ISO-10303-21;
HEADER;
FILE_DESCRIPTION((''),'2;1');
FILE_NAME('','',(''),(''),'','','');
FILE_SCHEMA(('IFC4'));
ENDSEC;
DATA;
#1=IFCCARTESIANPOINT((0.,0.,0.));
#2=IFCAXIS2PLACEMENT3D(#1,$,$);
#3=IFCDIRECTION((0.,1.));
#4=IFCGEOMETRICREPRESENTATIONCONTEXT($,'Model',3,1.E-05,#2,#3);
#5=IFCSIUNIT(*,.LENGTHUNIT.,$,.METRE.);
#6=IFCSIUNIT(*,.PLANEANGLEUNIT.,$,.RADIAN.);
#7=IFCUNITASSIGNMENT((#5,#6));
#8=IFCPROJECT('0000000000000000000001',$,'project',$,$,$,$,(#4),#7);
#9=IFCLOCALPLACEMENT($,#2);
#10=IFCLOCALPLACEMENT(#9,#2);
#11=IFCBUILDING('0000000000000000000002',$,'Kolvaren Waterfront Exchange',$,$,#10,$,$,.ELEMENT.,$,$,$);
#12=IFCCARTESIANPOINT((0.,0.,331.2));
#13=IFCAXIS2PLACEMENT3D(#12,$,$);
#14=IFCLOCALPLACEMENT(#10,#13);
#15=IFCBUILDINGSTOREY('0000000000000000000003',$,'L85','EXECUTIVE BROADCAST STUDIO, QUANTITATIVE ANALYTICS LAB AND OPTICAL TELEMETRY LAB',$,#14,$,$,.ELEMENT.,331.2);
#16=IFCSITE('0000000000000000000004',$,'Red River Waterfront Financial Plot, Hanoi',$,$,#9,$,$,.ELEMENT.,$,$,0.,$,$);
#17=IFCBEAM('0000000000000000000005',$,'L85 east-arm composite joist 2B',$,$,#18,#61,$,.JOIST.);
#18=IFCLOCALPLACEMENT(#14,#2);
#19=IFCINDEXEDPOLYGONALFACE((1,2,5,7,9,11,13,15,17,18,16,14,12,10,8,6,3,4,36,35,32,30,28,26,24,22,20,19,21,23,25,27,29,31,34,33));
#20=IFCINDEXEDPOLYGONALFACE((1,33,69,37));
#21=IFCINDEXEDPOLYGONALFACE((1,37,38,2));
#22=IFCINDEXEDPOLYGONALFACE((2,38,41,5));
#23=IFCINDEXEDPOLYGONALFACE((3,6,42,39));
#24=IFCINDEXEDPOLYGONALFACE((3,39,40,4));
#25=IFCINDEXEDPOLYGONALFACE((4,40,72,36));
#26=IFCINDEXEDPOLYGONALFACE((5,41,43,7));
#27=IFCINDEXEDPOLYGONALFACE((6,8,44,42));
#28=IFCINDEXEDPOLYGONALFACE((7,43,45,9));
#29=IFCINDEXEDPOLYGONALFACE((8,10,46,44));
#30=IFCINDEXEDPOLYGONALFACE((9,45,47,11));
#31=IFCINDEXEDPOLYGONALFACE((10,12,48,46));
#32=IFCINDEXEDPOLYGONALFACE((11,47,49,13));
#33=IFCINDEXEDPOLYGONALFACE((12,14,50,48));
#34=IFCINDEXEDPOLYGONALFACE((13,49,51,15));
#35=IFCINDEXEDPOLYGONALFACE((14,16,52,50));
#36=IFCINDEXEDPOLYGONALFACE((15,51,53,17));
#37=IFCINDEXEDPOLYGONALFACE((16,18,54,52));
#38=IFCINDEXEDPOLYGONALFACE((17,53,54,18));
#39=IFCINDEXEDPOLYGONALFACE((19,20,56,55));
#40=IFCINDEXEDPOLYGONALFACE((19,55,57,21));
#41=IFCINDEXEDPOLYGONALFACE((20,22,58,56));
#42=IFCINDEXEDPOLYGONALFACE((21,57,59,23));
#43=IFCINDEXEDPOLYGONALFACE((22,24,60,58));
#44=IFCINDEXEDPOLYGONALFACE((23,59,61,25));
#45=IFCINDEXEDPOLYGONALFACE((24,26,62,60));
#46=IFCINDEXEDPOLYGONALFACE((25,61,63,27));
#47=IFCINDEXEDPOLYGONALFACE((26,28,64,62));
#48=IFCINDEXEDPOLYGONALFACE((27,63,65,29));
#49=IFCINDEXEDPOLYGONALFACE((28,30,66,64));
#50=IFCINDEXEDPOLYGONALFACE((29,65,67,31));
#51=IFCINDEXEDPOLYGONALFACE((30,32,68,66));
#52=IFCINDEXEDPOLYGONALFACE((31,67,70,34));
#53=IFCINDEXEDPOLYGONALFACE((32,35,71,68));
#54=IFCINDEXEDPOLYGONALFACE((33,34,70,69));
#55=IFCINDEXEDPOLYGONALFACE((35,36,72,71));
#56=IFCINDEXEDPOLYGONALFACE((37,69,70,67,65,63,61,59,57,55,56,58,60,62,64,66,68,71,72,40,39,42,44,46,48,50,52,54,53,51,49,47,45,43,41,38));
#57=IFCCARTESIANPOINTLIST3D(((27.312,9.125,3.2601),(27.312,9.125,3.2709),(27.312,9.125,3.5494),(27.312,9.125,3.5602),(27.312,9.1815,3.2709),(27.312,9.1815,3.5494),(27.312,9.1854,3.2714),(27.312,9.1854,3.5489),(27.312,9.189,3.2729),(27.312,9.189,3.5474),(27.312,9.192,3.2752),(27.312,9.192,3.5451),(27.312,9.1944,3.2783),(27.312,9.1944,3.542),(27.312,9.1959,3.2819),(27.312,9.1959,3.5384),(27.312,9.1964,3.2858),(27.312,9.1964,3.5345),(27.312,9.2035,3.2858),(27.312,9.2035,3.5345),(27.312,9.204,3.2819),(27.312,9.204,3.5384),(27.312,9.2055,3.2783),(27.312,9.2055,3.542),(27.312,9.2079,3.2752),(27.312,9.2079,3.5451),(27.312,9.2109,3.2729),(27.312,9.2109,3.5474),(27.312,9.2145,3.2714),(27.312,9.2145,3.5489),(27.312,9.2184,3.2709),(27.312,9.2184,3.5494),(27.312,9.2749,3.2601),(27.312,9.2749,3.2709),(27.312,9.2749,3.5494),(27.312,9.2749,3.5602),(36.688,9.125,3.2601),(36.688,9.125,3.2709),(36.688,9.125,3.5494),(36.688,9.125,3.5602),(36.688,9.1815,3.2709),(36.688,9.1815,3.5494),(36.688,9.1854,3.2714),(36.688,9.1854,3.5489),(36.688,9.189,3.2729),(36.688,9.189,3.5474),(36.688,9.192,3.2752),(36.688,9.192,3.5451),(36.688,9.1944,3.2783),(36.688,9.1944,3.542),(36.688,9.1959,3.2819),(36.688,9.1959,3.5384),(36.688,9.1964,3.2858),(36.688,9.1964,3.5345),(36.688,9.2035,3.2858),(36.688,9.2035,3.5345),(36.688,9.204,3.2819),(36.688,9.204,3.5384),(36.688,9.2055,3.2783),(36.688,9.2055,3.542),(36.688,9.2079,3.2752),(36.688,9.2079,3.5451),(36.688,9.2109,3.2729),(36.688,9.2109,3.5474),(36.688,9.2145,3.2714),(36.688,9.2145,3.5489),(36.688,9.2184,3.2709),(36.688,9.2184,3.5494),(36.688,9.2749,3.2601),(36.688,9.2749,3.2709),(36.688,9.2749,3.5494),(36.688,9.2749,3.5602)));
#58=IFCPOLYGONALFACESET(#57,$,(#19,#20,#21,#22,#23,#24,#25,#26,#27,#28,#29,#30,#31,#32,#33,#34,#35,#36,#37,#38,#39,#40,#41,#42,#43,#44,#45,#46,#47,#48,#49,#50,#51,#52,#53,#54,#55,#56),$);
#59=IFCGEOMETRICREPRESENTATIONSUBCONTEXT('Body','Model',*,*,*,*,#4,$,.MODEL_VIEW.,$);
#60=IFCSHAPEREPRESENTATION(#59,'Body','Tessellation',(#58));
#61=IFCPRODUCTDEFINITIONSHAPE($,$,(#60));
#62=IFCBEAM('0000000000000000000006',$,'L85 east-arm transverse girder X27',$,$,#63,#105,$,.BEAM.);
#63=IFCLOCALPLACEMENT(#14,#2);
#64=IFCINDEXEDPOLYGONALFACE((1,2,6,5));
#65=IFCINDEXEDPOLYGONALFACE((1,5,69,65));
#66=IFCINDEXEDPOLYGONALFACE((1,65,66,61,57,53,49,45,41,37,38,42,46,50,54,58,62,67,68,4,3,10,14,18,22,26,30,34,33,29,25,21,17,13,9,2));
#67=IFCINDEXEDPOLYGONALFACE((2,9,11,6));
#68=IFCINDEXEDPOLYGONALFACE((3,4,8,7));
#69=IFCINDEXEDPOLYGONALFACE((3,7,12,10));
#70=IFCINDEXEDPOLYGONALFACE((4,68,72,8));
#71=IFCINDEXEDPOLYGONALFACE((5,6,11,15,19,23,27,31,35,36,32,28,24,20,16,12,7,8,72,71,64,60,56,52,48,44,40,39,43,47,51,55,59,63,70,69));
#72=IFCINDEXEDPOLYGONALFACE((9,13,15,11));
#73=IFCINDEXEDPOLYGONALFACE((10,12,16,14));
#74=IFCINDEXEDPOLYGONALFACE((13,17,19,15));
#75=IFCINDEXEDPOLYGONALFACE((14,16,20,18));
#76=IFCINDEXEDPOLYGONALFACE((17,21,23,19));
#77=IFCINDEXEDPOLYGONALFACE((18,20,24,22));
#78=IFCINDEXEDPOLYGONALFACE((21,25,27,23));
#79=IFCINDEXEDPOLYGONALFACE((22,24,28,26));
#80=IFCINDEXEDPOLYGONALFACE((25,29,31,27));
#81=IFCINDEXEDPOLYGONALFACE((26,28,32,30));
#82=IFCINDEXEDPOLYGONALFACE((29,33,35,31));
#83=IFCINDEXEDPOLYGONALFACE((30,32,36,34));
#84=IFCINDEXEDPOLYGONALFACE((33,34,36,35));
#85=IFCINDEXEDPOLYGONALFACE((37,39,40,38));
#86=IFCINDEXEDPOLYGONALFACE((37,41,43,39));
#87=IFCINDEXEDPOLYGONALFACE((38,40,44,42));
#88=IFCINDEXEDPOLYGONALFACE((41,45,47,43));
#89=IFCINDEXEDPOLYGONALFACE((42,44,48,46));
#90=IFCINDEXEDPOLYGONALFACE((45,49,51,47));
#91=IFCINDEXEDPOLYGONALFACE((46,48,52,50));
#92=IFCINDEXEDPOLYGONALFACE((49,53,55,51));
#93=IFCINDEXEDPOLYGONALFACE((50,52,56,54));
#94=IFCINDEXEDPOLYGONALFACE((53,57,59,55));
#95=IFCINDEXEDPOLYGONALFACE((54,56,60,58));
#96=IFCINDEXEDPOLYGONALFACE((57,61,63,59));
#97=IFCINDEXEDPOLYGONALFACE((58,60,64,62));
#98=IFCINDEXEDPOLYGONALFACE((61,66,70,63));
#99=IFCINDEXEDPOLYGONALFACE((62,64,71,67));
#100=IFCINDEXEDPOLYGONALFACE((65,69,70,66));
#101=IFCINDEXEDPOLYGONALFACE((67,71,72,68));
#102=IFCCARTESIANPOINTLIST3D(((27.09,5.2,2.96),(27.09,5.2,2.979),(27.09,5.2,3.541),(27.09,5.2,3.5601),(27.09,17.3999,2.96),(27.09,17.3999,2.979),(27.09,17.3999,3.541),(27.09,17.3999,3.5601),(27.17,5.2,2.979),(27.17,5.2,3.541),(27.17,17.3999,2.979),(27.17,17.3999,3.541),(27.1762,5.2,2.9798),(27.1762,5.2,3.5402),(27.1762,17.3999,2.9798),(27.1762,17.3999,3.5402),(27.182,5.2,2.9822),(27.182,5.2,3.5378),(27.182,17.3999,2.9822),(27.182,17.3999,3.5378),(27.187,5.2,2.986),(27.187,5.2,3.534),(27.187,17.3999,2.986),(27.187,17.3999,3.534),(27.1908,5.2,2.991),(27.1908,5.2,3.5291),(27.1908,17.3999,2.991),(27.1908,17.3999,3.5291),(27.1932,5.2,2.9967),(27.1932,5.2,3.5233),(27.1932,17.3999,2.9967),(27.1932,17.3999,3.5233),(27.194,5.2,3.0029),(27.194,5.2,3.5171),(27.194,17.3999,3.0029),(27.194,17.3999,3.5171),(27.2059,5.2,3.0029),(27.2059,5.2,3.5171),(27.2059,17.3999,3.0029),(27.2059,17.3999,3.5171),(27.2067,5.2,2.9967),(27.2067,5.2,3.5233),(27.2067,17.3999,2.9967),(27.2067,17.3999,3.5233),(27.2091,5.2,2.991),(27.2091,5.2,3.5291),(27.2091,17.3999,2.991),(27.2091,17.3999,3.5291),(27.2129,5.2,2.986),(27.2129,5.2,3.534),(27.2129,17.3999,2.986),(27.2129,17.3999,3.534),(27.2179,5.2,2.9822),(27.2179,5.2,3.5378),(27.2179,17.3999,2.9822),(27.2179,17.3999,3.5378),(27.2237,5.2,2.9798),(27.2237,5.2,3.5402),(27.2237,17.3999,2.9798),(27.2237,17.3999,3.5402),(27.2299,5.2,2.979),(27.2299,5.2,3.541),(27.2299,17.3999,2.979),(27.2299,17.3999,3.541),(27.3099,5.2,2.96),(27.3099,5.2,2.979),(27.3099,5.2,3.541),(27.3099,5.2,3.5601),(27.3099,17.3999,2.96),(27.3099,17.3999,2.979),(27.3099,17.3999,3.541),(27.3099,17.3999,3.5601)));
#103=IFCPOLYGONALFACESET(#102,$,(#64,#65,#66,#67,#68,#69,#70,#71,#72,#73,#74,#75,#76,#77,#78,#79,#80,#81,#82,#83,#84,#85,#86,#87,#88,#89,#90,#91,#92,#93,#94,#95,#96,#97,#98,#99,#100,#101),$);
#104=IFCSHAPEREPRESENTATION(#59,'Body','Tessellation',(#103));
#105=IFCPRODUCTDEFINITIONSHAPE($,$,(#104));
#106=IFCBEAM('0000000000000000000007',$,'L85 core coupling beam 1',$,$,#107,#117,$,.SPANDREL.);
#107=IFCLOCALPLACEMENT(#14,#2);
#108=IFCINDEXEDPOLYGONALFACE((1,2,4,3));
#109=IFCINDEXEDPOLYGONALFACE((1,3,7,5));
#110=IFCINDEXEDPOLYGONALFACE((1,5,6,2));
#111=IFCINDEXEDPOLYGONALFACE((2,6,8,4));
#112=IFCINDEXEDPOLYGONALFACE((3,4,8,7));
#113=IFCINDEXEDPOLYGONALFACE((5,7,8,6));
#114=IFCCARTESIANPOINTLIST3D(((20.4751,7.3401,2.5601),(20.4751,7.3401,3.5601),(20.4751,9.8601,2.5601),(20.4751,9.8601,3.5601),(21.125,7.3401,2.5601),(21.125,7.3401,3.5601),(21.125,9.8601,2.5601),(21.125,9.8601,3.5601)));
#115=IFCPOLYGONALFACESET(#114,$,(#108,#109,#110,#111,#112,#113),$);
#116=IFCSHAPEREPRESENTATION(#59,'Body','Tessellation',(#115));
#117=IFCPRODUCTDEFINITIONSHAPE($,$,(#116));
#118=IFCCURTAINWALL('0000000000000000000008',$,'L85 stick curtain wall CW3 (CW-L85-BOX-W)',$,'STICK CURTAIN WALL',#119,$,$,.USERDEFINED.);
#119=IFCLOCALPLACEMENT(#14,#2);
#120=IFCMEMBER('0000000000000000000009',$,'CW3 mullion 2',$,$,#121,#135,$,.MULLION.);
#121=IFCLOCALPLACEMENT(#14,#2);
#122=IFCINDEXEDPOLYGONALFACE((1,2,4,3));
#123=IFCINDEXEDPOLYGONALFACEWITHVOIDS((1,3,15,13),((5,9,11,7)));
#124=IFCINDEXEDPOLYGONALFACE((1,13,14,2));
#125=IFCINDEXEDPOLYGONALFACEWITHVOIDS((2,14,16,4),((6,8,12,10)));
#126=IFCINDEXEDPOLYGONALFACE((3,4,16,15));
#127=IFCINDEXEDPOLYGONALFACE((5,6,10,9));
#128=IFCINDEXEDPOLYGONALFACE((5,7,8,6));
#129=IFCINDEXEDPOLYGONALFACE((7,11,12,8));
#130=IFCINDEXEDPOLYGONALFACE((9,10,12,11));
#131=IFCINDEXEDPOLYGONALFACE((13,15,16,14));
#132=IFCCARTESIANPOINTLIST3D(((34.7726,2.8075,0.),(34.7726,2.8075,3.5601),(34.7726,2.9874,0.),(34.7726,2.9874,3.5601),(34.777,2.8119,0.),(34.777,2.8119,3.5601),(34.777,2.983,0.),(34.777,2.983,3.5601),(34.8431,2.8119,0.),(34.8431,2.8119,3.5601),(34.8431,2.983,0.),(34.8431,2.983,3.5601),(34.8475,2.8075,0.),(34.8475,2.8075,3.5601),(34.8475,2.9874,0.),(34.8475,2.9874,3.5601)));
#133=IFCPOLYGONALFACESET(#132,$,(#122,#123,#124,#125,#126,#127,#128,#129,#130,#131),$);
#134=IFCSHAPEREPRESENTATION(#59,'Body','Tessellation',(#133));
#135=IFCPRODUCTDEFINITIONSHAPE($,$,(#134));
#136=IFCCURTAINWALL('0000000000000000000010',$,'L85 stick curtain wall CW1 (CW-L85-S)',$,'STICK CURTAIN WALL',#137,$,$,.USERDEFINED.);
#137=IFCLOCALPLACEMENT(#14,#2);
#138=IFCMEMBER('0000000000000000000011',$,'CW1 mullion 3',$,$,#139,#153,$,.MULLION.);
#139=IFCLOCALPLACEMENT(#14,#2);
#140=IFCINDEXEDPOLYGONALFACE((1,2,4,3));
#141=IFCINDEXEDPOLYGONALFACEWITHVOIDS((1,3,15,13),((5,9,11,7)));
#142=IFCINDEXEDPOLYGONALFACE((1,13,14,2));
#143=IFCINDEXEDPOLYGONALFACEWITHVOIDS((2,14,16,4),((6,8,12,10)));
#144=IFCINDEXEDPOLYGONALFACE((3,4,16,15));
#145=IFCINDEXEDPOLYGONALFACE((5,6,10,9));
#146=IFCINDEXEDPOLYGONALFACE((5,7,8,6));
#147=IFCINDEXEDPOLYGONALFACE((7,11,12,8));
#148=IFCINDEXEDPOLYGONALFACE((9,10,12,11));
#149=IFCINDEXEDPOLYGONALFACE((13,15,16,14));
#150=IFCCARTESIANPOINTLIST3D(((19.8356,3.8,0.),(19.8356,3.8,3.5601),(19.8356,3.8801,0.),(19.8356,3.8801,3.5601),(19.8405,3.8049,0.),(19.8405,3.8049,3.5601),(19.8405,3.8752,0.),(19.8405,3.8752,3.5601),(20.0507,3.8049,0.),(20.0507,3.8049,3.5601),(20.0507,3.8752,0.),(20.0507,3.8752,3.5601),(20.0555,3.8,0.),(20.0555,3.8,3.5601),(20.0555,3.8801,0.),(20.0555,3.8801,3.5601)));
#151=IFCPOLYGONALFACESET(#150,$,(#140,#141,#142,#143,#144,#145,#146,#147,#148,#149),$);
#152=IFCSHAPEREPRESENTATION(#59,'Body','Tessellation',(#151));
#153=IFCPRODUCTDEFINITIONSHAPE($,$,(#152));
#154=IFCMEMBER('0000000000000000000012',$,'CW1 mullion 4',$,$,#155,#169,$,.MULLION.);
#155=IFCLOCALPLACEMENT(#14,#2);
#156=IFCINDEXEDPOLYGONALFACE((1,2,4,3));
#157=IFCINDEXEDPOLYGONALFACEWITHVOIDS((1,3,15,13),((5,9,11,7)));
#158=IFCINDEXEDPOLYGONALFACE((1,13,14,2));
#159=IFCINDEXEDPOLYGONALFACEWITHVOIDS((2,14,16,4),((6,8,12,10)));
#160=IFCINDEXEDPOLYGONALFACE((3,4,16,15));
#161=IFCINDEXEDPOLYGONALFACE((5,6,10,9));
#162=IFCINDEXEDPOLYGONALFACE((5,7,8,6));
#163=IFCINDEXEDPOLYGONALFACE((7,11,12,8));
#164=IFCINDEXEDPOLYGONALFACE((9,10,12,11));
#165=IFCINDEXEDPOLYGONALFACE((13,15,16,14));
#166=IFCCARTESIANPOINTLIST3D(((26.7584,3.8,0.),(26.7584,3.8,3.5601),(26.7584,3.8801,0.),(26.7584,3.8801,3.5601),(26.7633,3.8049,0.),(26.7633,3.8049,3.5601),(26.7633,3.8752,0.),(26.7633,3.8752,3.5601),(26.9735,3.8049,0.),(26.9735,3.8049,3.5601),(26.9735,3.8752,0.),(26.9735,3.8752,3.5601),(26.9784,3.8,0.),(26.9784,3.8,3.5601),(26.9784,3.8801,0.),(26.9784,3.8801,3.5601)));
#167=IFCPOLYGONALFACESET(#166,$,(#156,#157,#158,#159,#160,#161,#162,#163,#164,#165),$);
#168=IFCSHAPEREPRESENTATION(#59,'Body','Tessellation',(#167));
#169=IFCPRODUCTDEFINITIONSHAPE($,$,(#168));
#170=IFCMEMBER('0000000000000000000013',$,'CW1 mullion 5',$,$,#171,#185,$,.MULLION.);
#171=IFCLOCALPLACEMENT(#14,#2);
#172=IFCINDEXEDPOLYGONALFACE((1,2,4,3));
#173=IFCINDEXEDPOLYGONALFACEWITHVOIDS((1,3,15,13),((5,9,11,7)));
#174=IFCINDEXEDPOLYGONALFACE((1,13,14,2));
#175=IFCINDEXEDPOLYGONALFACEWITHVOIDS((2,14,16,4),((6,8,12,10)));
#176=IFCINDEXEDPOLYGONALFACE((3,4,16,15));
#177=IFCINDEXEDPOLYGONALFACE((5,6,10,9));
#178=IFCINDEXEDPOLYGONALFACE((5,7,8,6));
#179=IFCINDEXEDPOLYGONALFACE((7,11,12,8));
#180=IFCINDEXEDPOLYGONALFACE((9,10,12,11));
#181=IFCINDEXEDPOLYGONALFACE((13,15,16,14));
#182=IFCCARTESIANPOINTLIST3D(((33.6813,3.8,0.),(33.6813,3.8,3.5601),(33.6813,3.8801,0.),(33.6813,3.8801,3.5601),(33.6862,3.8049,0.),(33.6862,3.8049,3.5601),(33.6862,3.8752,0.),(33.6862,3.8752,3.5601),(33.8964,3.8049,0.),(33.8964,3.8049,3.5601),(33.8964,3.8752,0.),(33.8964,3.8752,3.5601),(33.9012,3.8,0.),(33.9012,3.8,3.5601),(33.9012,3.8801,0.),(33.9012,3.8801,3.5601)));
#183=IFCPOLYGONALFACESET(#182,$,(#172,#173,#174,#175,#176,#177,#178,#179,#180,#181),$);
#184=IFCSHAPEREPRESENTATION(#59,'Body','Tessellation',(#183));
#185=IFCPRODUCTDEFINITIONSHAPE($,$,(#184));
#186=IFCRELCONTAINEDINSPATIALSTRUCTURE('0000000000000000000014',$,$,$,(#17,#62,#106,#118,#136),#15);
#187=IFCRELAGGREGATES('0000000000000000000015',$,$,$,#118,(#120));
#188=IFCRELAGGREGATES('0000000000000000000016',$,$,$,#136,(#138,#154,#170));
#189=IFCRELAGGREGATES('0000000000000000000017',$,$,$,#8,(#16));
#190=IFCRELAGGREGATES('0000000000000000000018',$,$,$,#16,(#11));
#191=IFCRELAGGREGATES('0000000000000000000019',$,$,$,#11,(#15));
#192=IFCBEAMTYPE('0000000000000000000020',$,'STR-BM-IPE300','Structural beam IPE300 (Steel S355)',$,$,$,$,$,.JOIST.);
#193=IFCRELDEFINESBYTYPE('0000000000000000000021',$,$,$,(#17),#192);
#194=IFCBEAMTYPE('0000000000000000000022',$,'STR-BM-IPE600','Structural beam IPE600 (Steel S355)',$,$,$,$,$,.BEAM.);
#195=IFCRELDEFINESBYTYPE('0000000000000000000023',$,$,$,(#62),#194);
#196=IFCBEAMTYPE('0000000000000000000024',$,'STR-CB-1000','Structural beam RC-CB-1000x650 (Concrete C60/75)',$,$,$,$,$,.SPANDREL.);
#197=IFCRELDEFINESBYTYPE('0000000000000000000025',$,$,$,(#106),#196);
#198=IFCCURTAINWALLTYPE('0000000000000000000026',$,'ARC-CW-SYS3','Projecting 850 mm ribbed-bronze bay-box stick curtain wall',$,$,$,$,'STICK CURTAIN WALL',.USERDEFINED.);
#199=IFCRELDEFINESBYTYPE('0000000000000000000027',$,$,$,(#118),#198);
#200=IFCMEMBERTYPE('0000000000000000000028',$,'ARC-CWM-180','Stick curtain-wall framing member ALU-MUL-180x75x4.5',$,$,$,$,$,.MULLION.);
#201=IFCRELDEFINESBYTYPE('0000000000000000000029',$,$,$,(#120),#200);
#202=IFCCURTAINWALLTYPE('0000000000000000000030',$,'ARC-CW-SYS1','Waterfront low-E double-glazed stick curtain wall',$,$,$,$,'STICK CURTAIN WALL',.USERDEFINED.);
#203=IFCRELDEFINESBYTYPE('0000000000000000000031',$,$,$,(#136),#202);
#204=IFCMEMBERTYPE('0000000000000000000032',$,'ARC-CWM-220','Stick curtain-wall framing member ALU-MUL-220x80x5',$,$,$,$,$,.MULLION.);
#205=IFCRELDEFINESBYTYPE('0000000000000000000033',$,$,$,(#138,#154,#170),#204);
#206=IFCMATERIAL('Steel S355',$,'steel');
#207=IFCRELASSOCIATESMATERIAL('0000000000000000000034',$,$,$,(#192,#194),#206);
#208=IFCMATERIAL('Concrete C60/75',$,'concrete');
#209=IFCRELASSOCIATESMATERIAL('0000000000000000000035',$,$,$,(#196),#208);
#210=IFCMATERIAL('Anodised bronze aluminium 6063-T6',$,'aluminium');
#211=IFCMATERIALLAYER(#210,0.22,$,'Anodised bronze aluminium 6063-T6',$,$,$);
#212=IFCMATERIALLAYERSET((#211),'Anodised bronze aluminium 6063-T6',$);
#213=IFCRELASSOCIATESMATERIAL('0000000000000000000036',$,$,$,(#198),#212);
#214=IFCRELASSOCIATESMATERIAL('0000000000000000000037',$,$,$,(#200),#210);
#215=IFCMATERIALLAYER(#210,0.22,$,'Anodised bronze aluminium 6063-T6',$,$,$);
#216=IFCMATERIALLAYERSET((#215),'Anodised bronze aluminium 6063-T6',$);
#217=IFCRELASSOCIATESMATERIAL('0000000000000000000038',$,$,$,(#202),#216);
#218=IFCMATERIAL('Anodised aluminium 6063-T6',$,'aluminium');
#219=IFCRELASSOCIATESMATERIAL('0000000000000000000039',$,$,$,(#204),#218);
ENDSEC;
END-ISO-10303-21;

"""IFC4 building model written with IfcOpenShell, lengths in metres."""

from ifc_helpers import new_model, si_unit, direction, frame, origin, origin_with_axes, origin_2d, place, context, subcontext, project, spatial, rectangle, hollow_rectangle, i_section, extrude, source, transform, mapped, material, layer, layer_set, material_profile, profile_set, type_object, element, aggregate, save


model = new_model("IFC4")

# Units and contexts
model_context = context("Model", 3, precision=1e-05, world=origin(), true_north=direction((0.0, 1.0)))
body_context = subcontext(model_context, "Body", "Model", "MODEL_VIEW")
ifc_project = project(units=[si_unit("LENGTHUNIT", "METRE"), si_unit("PLANEANGLEUNIT", "RADIAN")], contexts=[model_context])

# Site, building, storey
site_placement = place(None, origin())
site = spatial("IfcSite", under=ifc_project, at=site_placement, Name="Red River Waterfront Financial Plot, Hanoi", CompositionType="ELEMENT", RefElevation=0.0)
building_placement = place(site_placement, origin())
building = spatial("IfcBuilding", under=site, at=building_placement, Name="Kolvaren Waterfront Exchange", CompositionType="ELEMENT")
storey_placement = place(building_placement, frame((0.0, 0.0, 331.2)))
storey = spatial("IfcBuildingStorey", under=building, at=storey_placement, Name="L85", Description="EXECUTIVE BROADCAST STUDIO, QUANTITATIVE ANALYTICS LAB AND OPTICAL TELEMETRY LAB", CompositionType="ELEMENT", Elevation=331.2)

# Beams
ifc_material_1 = material(Name="Steel S355", Category="steel")
ifc_material_profile_1 = material_profile(ifc_material_1, i_section(OverallWidth=0.1499, OverallDepth=0.3, WebThickness=0.0071, FlangeThickness=0.0107, FilletRadius=0.0149, at=origin_2d()), Name="IPE300")
ifc_profile_set_1 = profile_set([ifc_material_profile_1], Name="Steel S355")
beam_type_1 = type_object("IfcBeamType", Name="STR-BM-IPE300", Description="Structural beam IPE300 (Steel S355)", PredefinedType="JOIST", material=ifc_profile_set_1)
beam_1_placement = place(storey_placement, frame((27.312, 9.2, 3.4102), z_axis=(1.0, 0.0, 0.0), x_axis=(0.0, 1.0, 0.0)))
element("IfcBeam", 1, at=beam_1_placement, inside=storey, type_object=beam_type_1, Name="L85 east-arm composite joist 2B", PredefinedType="JOIST", context=body_context, shape_type="SweptSolid", body=[
    extrude(i_section(OverallWidth=0.1499, OverallDepth=0.3, WebThickness=0.0071, FlangeThickness=0.0107, FilletRadius=0.0149, at=origin_2d()), origin(), (0.0, 0.0, 1.0), 9.376),
])
ifc_material_profile_2 = material_profile(ifc_material_1, i_section(OverallWidth=0.22, OverallDepth=0.6001, WebThickness=0.012, FlangeThickness=0.019, FilletRadius=0.0239, at=origin_2d()), Name="IPE600")
ifc_profile_set_2 = profile_set([ifc_material_profile_2], Name="Steel S355")
beam_type_2 = type_object("IfcBeamType", Name="STR-BM-IPE600", Description="Structural beam IPE600 (Steel S355)", PredefinedType="BEAM", material=ifc_profile_set_2)
beam_2_placement = place(storey_placement, frame((27.2, 5.2, 3.26), z_axis=(0.0, 1.0, 0.0), x_axis=(-1.0, 0.0, 0.0)))
element("IfcBeam", 2, at=beam_2_placement, inside=storey, type_object=beam_type_2, Name="L85 east-arm transverse girder X27", PredefinedType="BEAM", context=body_context, shape_type="SweptSolid", body=[
    extrude(i_section(OverallWidth=0.22, OverallDepth=0.6001, WebThickness=0.012, FlangeThickness=0.019, FilletRadius=0.0239, at=origin_2d()), origin(), (0.0, 0.0, 1.0), 12.2),
])
ifc_material_2 = material(Name="Concrete C60/75", Category="concrete")
ifc_material_profile_3 = material_profile(ifc_material_2, rectangle(XDim=0.6499, YDim=1.0, at=origin_2d()), Name="RC-CB-1000x650")
ifc_profile_set_3 = profile_set([ifc_material_profile_3], Name="Concrete C60/75")
beam_type_3 = type_object("IfcBeamType", Name="STR-CB-1000", Description="Structural beam RC-CB-1000x650 (Concrete C60/75)", PredefinedType="SPANDREL", material=ifc_profile_set_3)
beam_3_placement = place(storey_placement, frame((20.8, 7.3401, 3.0601), z_axis=(0.0, 1.0, 0.0), x_axis=(-1.0, 0.0, 0.0)))
element("IfcBeam", 3, at=beam_3_placement, inside=storey, type_object=beam_type_3, Name="L85 core coupling beam 1", PredefinedType="SPANDREL", context=body_context, shape_type="SweptSolid", body=[
    extrude(rectangle(XDim=0.6499, YDim=1.0, at=origin_2d()), origin(), (0.0, 0.0, 1.0), 2.52),
])

# Curtain wall, member
ifc_material_3 = material(Name="Anodised bronze aluminium 6063-T6", Category="aluminium")
ifc_layer_1 = layer(ifc_material_3, 0.22, Name="Anodised bronze aluminium 6063-T6")
ifc_layer_set_1 = layer_set([ifc_layer_1], Name="Anodised bronze aluminium 6063-T6")
curtain_wall_type_1 = type_object("IfcCurtainWallType", Name="ARC-CW-SYS3", Description="Projecting 850 mm ribbed-bronze bay-box stick curtain wall", ElementType="STICK CURTAIN WALL", PredefinedType="USERDEFINED", material=ifc_layer_set_1)
curtain_wall_1_placement = place(storey_placement, origin())
curtain_wall_1 = element("IfcCurtainWall", 4, at=curtain_wall_1_placement, inside=storey, type_object=curtain_wall_type_1, Name="L85 stick curtain wall CW3 (CW-L85-BOX-W)", ObjectType="STICK CURTAIN WALL", PredefinedType="USERDEFINED")
ifc_material_profile_4 = material_profile(ifc_material_3, hollow_rectangle(XDim=0.075, YDim=0.1799, WallThickness=0.0044, at=origin_2d()), Name="ALU-MUL-180x75x4.5")
ifc_profile_set_4 = profile_set([ifc_material_profile_4], Name="Anodised bronze aluminium 6063-T6")
member_type_1 = type_object("IfcMemberType", Name="ARC-CWM-180", Description="Stick curtain-wall framing member ALU-MUL-180x75x4.5", PredefinedType="MULLION", material=ifc_profile_set_4)
shared_shape_1 = source(origin_with_axes(), body_context, "Body", "SweptSolid", [
    extrude(hollow_rectangle(XDim=0.075, YDim=0.1799, WallThickness=0.0044, at=origin_2d()), origin(), (0.0, 0.0, 1.0), 3.5601),
])
member_1_placement = place(storey_placement, frame((34.8101, 2.8975, 0.0), z_axis=(0.0, 0.0, 1.0), x_axis=(1.0, 0.0, 0.0)))
member_1 = element("IfcMember", 5, at=member_1_placement, type_object=member_type_1, Name="CW3 mullion 2", PredefinedType="MULLION", context=body_context, shape_type="MappedRepresentation", body=[
    mapped(shared_shape_1, transform((0.0, 0.0, 0.0), x_axis=(1.0, 0.0, 0.0), y_axis=(0.0, 1.0, 0.0), z_axis=(0.0, 0.0, 1.0), scale=1.0)),
])
aggregate(curtain_wall_1, [member_1])

# Curtain wall, members
ifc_layer_2 = layer(ifc_material_3, 0.22, Name="Anodised bronze aluminium 6063-T6")
ifc_layer_set_2 = layer_set([ifc_layer_2], Name="Anodised bronze aluminium 6063-T6")
curtain_wall_type_2 = type_object("IfcCurtainWallType", Name="ARC-CW-SYS1", Description="Waterfront low-E double-glazed stick curtain wall", ElementType="STICK CURTAIN WALL", PredefinedType="USERDEFINED", material=ifc_layer_set_2)
curtain_wall_2_placement = place(storey_placement, origin())
curtain_wall_2 = element("IfcCurtainWall", 6, at=curtain_wall_2_placement, inside=storey, type_object=curtain_wall_type_2, Name="L85 stick curtain wall CW1 (CW-L85-S)", ObjectType="STICK CURTAIN WALL", PredefinedType="USERDEFINED")
ifc_material_4 = material(Name="Anodised aluminium 6063-T6", Category="aluminium")
ifc_material_profile_5 = material_profile(ifc_material_4, hollow_rectangle(XDim=0.0801, YDim=0.22, WallThickness=0.0049, at=origin_2d()), Name="ALU-MUL-220x80x5")
ifc_profile_set_5 = profile_set([ifc_material_profile_5], Name="Anodised aluminium 6063-T6")
member_type_2 = type_object("IfcMemberType", Name="ARC-CWM-220", Description="Stick curtain-wall framing member ALU-MUL-220x80x5", PredefinedType="MULLION", material=ifc_profile_set_5)
shared_shape_2 = source(origin_with_axes(), body_context, "Body", "SweptSolid", [
    extrude(hollow_rectangle(XDim=0.0801, YDim=0.22, WallThickness=0.0049, at=origin_2d()), origin(), (0.0, 0.0, 1.0), 3.5601),
])
member_2_placement = place(storey_placement, frame((19.9456, 3.8401, 0.0), z_axis=(0.0, 0.0, 1.0), x_axis=(0.0, 1.0, 0.0)))
member_2 = element("IfcMember", 7, at=member_2_placement, type_object=member_type_2, Name="CW1 mullion 3", PredefinedType="MULLION", context=body_context, shape_type="MappedRepresentation", body=[
    mapped(shared_shape_2, transform((0.0, 0.0, 0.0), x_axis=(1.0, 0.0, 0.0), y_axis=(0.0, 1.0, 0.0), z_axis=(0.0, 0.0, 1.0), scale=1.0)),
])
member_3_placement = place(storey_placement, frame((26.8684, 3.8401, 0.0), z_axis=(0.0, 0.0, 1.0), x_axis=(0.0, 1.0, 0.0)))
member_3 = element("IfcMember", 8, at=member_3_placement, type_object=member_type_2, Name="CW1 mullion 4", PredefinedType="MULLION", context=body_context, shape_type="MappedRepresentation", body=[
    mapped(shared_shape_2, transform((0.0, 0.0, 0.0), x_axis=(1.0, 0.0, 0.0), y_axis=(0.0, 1.0, 0.0), z_axis=(0.0, 0.0, 1.0), scale=1.0)),
])
member_4_placement = place(storey_placement, frame((33.7913, 3.8401, 0.0), z_axis=(0.0, 0.0, 1.0), x_axis=(0.0, 1.0, 0.0)))
member_4 = element("IfcMember", 9, at=member_4_placement, type_object=member_type_2, Name="CW1 mullion 5", PredefinedType="MULLION", context=body_context, shape_type="MappedRepresentation", body=[
    mapped(shared_shape_2, transform((0.0, 0.0, 0.0), x_axis=(1.0, 0.0, 0.0), y_axis=(0.0, 1.0, 0.0), z_axis=(0.0, 0.0, 1.0), scale=1.0)),
])
aggregate(curtain_wall_2, [member_2, member_3, member_4])

save(model, "model.ifc")
